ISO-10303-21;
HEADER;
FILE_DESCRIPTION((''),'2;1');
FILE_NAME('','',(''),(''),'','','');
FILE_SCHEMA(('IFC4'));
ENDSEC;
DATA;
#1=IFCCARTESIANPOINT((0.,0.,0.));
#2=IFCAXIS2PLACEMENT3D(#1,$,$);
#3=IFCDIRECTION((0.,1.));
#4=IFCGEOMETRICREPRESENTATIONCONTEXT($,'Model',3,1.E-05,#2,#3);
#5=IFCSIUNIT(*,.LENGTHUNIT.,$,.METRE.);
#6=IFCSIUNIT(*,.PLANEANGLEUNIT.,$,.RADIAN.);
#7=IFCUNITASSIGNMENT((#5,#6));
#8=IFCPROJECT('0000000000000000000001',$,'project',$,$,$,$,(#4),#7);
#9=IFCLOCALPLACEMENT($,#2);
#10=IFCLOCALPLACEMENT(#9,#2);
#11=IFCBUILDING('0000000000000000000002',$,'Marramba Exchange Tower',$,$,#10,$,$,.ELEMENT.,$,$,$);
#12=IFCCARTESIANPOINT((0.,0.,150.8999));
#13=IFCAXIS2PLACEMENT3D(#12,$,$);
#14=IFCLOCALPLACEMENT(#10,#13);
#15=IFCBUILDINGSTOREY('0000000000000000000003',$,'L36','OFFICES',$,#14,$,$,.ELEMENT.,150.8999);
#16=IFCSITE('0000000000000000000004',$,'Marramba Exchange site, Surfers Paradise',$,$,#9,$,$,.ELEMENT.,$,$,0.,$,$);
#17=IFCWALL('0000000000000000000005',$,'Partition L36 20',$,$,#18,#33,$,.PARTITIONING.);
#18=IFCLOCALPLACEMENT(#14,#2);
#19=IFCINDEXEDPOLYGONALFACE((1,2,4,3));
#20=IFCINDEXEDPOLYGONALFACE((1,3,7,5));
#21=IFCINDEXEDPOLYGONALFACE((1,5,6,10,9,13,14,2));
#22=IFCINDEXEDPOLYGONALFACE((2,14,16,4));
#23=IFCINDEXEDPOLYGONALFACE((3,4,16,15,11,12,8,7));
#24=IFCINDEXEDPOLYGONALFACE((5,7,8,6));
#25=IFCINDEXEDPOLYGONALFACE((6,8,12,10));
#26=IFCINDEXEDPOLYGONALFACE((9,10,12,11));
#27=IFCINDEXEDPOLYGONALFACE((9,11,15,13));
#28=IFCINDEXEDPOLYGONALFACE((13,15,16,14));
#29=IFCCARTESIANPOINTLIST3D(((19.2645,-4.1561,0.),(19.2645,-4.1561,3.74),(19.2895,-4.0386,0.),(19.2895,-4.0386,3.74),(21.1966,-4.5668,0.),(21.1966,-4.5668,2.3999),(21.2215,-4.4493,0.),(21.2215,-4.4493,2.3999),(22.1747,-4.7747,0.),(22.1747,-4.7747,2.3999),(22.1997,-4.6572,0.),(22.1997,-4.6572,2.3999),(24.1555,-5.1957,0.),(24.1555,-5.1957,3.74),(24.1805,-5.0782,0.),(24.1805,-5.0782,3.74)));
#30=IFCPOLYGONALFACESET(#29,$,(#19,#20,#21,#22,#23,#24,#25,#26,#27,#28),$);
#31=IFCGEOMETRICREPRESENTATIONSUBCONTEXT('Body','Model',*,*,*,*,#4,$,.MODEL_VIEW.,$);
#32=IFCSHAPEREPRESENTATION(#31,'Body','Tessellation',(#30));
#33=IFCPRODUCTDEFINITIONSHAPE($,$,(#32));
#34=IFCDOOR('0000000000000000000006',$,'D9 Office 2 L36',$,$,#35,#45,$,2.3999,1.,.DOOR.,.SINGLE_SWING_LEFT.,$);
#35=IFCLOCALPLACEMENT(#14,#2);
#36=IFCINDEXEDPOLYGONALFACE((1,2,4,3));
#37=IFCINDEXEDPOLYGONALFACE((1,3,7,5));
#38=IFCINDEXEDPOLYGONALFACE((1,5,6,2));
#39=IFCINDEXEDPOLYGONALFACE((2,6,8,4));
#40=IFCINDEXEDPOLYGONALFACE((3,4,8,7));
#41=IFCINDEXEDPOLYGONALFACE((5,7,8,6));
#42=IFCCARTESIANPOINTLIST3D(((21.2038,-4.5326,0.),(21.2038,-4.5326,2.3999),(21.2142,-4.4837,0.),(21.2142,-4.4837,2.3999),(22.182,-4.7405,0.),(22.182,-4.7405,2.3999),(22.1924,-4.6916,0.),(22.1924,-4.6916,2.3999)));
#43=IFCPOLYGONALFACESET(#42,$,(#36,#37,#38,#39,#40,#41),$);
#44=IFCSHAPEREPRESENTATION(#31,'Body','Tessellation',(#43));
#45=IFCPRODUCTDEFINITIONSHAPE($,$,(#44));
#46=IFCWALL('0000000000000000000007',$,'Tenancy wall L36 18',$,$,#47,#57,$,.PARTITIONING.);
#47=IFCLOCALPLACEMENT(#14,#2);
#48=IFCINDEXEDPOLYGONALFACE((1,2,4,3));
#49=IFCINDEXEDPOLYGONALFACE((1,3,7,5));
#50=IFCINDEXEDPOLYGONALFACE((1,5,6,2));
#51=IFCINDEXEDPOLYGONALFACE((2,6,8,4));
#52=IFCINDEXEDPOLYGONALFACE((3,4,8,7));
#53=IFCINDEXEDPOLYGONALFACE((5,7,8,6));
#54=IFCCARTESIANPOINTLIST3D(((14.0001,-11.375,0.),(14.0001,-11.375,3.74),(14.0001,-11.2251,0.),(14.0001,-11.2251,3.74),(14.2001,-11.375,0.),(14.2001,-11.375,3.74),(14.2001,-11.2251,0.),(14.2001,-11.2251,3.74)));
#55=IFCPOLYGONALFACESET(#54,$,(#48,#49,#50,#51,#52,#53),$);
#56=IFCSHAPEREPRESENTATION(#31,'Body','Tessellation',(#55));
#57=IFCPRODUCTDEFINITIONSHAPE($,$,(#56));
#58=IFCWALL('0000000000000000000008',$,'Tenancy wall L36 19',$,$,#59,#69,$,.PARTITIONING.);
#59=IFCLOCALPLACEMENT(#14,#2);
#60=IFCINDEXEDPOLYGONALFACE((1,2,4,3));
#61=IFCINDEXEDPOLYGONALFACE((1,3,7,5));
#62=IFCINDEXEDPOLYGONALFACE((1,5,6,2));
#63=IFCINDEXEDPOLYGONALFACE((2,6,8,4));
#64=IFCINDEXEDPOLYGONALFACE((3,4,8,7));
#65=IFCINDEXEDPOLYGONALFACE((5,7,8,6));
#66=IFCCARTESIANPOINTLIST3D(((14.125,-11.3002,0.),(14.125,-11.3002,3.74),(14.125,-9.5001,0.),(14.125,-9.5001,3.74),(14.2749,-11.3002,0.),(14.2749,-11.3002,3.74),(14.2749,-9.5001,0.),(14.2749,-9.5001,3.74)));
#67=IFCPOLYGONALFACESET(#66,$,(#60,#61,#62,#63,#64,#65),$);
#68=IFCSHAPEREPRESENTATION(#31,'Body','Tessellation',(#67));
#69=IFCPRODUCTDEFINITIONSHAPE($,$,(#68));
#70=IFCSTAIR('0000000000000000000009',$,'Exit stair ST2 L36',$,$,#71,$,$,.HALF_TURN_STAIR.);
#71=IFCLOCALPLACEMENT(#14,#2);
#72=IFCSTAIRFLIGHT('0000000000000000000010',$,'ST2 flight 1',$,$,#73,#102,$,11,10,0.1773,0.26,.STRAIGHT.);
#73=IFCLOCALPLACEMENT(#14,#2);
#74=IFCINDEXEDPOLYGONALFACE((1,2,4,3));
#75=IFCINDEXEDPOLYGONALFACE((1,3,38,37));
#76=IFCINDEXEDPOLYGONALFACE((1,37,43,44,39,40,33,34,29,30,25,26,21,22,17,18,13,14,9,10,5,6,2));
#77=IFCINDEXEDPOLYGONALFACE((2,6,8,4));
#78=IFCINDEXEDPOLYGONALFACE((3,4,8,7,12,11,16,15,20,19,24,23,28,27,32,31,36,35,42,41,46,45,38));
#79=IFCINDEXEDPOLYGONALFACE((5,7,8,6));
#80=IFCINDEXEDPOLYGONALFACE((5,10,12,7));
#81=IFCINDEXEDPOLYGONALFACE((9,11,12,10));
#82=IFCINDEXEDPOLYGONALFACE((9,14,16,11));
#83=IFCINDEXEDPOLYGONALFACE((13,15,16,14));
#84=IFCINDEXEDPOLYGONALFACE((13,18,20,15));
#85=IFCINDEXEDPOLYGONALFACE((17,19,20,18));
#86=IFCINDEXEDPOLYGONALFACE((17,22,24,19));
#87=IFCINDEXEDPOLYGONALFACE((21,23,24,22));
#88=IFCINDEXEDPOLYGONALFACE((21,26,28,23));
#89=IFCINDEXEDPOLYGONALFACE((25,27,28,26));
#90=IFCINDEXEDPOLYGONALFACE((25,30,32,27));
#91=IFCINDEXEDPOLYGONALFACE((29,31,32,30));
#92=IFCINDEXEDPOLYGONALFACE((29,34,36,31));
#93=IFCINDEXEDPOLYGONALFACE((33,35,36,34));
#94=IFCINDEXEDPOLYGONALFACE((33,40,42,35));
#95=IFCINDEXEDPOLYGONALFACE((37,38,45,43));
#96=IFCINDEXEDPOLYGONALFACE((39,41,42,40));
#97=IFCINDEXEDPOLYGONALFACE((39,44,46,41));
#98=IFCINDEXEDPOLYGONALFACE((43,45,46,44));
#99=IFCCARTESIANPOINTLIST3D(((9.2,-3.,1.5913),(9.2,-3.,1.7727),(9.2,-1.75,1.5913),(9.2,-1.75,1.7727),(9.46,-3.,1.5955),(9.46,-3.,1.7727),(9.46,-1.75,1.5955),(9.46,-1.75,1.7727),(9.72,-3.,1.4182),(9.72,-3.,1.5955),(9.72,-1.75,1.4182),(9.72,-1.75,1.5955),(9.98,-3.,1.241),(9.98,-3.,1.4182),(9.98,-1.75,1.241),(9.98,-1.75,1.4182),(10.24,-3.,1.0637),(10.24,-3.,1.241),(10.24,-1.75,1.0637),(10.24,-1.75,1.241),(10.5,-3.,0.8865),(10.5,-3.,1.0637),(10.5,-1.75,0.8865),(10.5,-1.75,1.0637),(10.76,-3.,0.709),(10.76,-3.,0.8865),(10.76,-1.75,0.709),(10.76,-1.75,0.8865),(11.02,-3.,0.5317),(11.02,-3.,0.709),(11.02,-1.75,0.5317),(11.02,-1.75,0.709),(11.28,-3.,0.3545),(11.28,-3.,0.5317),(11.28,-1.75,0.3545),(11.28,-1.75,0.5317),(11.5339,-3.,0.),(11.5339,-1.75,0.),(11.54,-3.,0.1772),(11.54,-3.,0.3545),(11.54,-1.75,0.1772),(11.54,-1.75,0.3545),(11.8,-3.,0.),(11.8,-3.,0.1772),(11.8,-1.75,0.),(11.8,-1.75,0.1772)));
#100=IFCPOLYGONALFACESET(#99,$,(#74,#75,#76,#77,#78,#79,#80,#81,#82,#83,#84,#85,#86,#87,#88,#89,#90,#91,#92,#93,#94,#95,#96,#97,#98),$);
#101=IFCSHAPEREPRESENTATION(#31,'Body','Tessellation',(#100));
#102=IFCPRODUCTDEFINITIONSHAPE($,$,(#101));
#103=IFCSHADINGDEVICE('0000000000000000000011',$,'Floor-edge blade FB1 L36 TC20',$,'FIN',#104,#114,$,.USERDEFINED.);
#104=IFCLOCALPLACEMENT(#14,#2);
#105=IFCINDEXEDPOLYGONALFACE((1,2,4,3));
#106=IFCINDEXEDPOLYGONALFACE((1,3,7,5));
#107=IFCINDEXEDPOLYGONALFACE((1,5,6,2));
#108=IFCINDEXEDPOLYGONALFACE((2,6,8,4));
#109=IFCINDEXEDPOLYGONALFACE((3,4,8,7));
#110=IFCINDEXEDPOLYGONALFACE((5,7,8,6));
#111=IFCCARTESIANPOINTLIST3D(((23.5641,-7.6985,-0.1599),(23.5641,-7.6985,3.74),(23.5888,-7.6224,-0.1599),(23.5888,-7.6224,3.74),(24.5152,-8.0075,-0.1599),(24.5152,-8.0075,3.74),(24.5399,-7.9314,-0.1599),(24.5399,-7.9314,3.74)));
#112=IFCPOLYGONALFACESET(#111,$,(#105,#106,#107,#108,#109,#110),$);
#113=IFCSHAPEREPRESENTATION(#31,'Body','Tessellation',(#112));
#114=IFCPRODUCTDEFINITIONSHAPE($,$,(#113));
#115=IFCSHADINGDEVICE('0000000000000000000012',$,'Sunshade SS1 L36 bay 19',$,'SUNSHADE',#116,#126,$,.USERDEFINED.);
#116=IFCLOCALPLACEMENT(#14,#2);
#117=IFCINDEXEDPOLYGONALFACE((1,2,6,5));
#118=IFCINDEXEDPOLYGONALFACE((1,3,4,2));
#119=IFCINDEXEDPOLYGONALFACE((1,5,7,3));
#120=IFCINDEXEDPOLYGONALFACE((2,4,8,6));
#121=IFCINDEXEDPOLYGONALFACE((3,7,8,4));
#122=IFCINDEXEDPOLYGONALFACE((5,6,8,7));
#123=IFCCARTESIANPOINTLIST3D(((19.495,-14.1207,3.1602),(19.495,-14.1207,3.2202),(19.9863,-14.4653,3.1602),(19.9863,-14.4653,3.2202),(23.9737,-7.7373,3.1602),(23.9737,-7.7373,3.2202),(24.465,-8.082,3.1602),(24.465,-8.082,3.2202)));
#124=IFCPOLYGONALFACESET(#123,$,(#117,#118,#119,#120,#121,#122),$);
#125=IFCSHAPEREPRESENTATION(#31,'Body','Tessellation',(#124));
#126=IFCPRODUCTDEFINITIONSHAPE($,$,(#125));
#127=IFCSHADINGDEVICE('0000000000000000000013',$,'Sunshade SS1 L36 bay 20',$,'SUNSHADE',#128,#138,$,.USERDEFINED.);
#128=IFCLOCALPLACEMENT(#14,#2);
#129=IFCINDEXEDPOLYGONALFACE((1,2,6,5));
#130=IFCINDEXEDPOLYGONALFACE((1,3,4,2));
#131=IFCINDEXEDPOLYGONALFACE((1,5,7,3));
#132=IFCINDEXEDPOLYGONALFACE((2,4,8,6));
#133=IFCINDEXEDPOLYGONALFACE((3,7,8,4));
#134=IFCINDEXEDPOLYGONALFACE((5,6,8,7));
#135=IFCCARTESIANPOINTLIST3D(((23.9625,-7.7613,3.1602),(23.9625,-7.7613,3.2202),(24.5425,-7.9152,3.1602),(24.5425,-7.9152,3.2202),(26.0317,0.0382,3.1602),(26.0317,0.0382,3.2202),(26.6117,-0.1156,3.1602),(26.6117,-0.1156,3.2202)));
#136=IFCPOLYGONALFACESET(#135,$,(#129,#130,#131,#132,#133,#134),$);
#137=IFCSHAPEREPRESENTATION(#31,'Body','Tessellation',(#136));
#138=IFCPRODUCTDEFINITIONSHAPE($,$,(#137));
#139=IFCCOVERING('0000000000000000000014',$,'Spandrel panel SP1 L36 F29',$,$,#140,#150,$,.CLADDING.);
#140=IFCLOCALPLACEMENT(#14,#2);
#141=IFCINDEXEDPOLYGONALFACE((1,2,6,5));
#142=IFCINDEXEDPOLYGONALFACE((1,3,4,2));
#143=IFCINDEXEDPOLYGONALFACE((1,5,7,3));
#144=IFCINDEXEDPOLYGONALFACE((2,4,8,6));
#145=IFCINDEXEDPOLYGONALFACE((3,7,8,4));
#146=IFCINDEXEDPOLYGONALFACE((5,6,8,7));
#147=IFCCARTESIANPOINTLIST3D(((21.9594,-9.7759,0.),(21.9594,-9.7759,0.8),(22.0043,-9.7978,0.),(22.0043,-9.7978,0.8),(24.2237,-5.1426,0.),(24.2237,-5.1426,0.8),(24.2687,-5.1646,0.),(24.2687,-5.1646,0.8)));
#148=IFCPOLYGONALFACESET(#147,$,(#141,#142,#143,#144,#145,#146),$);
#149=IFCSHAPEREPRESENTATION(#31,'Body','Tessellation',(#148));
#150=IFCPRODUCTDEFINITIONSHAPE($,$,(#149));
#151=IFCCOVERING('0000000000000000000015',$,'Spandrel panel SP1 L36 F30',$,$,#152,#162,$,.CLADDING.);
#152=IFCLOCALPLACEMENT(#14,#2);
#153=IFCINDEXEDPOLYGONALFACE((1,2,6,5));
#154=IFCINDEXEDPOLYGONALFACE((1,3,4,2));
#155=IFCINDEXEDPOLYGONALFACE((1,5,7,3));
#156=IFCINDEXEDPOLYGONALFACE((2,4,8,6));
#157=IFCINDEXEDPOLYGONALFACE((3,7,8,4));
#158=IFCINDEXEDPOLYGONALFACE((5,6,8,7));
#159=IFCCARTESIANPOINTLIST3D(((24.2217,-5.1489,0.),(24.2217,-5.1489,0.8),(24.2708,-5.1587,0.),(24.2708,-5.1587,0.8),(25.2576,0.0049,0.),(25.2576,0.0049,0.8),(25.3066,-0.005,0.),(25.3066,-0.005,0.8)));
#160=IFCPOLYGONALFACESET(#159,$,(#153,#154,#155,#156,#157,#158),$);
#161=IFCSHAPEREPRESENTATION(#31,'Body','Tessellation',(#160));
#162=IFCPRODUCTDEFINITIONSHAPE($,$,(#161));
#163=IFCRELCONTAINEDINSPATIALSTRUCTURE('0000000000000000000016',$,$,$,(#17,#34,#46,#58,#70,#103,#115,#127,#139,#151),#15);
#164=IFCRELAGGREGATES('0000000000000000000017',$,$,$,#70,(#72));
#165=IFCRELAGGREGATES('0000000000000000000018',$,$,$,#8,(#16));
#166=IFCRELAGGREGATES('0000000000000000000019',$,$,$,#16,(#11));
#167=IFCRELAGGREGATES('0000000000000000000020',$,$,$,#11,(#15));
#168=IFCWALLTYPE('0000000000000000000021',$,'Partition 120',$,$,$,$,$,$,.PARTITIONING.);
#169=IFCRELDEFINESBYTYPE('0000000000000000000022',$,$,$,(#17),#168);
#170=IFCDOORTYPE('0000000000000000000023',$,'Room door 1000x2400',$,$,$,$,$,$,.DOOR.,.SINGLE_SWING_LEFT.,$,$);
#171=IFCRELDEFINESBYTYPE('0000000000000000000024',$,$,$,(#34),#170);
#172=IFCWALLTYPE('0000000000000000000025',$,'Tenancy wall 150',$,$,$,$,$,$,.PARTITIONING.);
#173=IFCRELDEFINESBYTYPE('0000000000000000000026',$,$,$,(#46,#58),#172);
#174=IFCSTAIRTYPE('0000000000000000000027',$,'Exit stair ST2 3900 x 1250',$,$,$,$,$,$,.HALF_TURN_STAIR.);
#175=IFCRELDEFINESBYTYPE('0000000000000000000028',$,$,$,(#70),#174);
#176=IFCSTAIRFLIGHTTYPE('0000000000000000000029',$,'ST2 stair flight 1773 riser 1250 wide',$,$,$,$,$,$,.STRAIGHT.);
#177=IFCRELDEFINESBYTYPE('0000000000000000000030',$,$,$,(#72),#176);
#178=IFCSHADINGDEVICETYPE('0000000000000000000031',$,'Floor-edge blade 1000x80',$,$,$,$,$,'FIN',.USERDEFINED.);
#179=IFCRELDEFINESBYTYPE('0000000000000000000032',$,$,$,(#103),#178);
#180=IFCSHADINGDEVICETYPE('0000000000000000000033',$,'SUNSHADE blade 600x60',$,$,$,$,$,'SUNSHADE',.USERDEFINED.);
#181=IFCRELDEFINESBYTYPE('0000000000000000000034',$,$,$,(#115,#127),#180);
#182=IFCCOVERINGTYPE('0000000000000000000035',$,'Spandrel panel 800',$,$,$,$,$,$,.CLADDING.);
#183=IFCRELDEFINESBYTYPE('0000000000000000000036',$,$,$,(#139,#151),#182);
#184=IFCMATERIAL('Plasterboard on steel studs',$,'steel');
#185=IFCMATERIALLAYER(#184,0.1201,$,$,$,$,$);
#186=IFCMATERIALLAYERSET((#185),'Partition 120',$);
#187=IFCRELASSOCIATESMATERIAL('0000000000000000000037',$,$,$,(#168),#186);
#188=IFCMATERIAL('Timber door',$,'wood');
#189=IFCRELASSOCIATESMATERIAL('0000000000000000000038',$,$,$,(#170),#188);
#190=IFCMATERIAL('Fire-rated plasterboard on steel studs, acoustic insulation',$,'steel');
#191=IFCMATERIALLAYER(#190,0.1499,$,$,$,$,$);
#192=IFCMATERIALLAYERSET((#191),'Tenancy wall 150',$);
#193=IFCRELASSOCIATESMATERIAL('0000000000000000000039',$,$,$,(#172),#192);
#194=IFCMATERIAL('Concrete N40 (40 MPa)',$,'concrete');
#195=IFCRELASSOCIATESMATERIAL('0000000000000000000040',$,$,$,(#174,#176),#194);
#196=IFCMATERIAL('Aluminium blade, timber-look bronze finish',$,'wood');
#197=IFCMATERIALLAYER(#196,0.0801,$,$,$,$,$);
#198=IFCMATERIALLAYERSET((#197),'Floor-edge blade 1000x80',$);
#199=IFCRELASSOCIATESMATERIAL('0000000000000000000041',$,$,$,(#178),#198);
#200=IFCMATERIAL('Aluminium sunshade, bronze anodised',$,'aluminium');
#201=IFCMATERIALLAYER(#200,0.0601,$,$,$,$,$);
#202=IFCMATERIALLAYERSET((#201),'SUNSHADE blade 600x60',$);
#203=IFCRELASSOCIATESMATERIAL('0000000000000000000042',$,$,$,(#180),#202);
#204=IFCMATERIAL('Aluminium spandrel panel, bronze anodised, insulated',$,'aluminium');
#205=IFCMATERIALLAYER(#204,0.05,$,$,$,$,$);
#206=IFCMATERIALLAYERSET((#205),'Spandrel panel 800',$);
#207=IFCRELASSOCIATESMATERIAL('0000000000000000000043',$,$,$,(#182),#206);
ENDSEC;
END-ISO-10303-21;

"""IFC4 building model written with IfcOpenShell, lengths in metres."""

from ifc_helpers import new_model, si_unit, direction, frame, frame_2d, origin, origin_2d, place, context, subcontext, project, spatial, polyline, rectangle, outline, extrude, material, layer, layer_set, type_object, element, fill, aggregate, save


model = new_model("IFC4")

# Units and contexts
model_context = context("Model", 3, precision=1e-05, world=origin(), true_north=direction((0.0, 1.0)))
body_context = subcontext(model_context, "Body", "Model", "MODEL_VIEW")
ifc_project = project(units=[si_unit("LENGTHUNIT", "METRE"), si_unit("PLANEANGLEUNIT", "RADIAN")], contexts=[model_context])

# Site, building, storey
site_placement = place(None, origin())
site = spatial("IfcSite", under=ifc_project, at=site_placement, Name="Marramba Exchange site, Surfers Paradise", CompositionType="ELEMENT", RefElevation=0.0)
building_placement = place(site_placement, origin())
building = spatial("IfcBuilding", under=site, at=building_placement, Name="Marramba Exchange Tower", CompositionType="ELEMENT")
storey_placement = place(building_placement, frame((0.0, 0.0, 150.8999)))
storey = spatial("IfcBuildingStorey", under=building, at=storey_placement, Name="L36", Description="OFFICES", CompositionType="ELEMENT", Elevation=150.8999)

# Wall, opening, door
ifc_material_1 = material(Name="Plasterboard on steel studs", Category="steel")
ifc_layer_1 = layer(ifc_material_1, 0.1201)
ifc_layer_set_1 = layer_set([ifc_layer_1], Name="Partition 120")
wall_type_1 = type_object("IfcWallType", Name="Partition 120", PredefinedType="PARTITIONING", material=ifc_layer_set_1)
wall_1_placement = place(storey_placement, frame((19.2771, -4.0974, 0.0), z_axis=(0.0, 0.0, 1.0), x_axis=(0.978149, -0.207905, 0.0)))
wall_1 = element("IfcWall", 1, at=wall_1_placement, inside=storey, type_object=wall_type_1, Name="Partition L36 20", PredefinedType="PARTITIONING", context=body_context, shape_type="SweptSolid", body=[
    extrude(rectangle(XDim=5.0002, YDim=0.1201, at=frame_2d((2.5, 0.0))), origin(), (0.0, 0.0, 1.0), 3.74),
])
opening_1_placement = place(wall_1_placement, frame((1.9751, 0.0, 0.0)))
opening_1 = element("IfcOpeningElement", 2, at=opening_1_placement, cuts=wall_1, PredefinedType="OPENING", context=body_context, shape_type="SweptSolid", body=[
    extrude(rectangle(XDim=1.0, YDim=2.3999, at=frame_2d((0.5, 1.2))), frame((0.0, 0.0701, 0.0), z_axis=(0.0, -1.0, 0.0), x_axis=(1.0, 0.0, 0.0)), (0.0, 0.0, 1.0), 0.1401),
])
ifc_material_2 = material(Name="Timber door", Category="wood")
door_type_1 = type_object("IfcDoorType", Name="Room door 1000x2400", OperationType="SINGLE_SWING_LEFT", PredefinedType="DOOR", material=ifc_material_2)
door_1_placement = place(opening_1_placement, origin())
door_1 = element("IfcDoor", 3, at=door_1_placement, inside=storey, type_object=door_type_1, Name="D9 Office 2 L36", OperationType="SINGLE_SWING_LEFT", OverallHeight=2.3999, OverallWidth=1.0, PredefinedType="DOOR", context=body_context, shape_type="SweptSolid", body=[
    extrude(rectangle(XDim=1.0, YDim=2.3999, at=frame_2d((0.5, 1.2))), frame((0.0, 0.0249, 0.0), z_axis=(0.0, -1.0, 0.0), x_axis=(1.0, 0.0, 0.0)), (0.0, 0.0, 1.0), 0.05),
])
fill(opening_1, door_1)

# Walls
ifc_material_3 = material(Name="Fire-rated plasterboard on steel studs, acoustic insulation", Category="steel")
ifc_layer_2 = layer(ifc_material_3, 0.1499)
ifc_layer_set_2 = layer_set([ifc_layer_2], Name="Tenancy wall 150")
wall_type_2 = type_object("IfcWallType", Name="Tenancy wall 150", PredefinedType="PARTITIONING", material=ifc_layer_set_2)
wall_2_placement = place(storey_placement, frame((14.0, -11.3, 0.0), z_axis=(0.0, 0.0, 1.0), x_axis=(1.0, 0.0, 0.0)))
element("IfcWall", 4, at=wall_2_placement, inside=storey, type_object=wall_type_2, Name="Tenancy wall L36 18", PredefinedType="PARTITIONING", context=body_context, shape_type="SweptSolid", body=[
    extrude(rectangle(XDim=0.2, YDim=0.1499, at=frame_2d((0.1001, 0.0))), origin(), (0.0, 0.0, 1.0), 3.74),
])
wall_3_placement = place(storey_placement, frame((14.2, -11.3, 0.0), z_axis=(0.0, 0.0, 1.0), x_axis=(0.0, 1.0, 0.0)))
element("IfcWall", 5, at=wall_3_placement, inside=storey, type_object=wall_type_2, Name="Tenancy wall L36 19", PredefinedType="PARTITIONING", context=body_context, shape_type="SweptSolid", body=[
    extrude(rectangle(XDim=1.8, YDim=0.1499, at=frame_2d((0.8999, 0.0))), origin(), (0.0, 0.0, 1.0), 3.74),
])

# Stair, stair flight
ifc_material_4 = material(Name="Concrete N40 (40 MPa)", Category="concrete")
stair_type = type_object("IfcStairType", Name="Exit stair ST2 3900 x 1250", PredefinedType="HALF_TURN_STAIR", material=ifc_material_4)
stair_placement = place(storey_placement, origin())
stair = element("IfcStair", 6, at=stair_placement, inside=storey, type_object=stair_type, Name="Exit stair ST2 L36", PredefinedType="HALF_TURN_STAIR")
stair_flight_type = type_object("IfcStairFlightType", Name="ST2 stair flight 1773 riser 1250 wide", PredefinedType="STRAIGHT", material=ifc_material_4)
stair_flight_placement = place(storey_placement, frame((11.8, -2.375, 0.0), z_axis=(0.0, 0.0, 1.0), x_axis=(-1.0, 0.0, 0.0)))
stair_flight = element("IfcStairFlight", 7, at=stair_flight_placement, type_object=stair_flight_type, Name="ST2 flight 1", NumberOfRisers=11, NumberOfTreads=10, PredefinedType="STRAIGHT", RiserHeight=0.1773, TreadLength=0.26, context=body_context, shape_type="SweptSolid", body=[
    extrude(outline(polyline([(0.0, 0.0), (0.0, 0.1772), (0.26, 0.1772), (0.26, 0.3545), (0.52, 0.3545), (0.52, 0.5317), (0.78, 0.5317), (0.78, 0.709), (1.04, 0.709), (1.04, 0.8865), (1.3, 0.8865), (1.3, 1.0637), (1.5601, 1.0637), (1.5601, 1.241), (1.8201, 1.241), (1.8201, 1.4182), (2.0801, 1.4182), (2.0801, 1.5955), (2.3401, 1.5955), (2.3401, 1.7727), (2.6001, 1.7727), (2.6001, 1.95), (2.6001, 1.5913), (0.2661, 0.0), (0.0, 0.0)])), frame((0.0, 0.625, 0.0), z_axis=(0.0, -1.0, 0.0), x_axis=(1.0, 0.0, 0.0)), (0.0, 0.0, 1.0), 1.25),
])
aggregate(stair, [stair_flight])

# Shading devices
ifc_material_5 = material(Name="Aluminium blade, timber-look bronze finish", Category="wood")
ifc_layer_3 = layer(ifc_material_5, 0.0801)
ifc_layer_set_3 = layer_set([ifc_layer_3], Name="Floor-edge blade 1000x80")
shading_device_type_1 = type_object("IfcShadingDeviceType", Name="Floor-edge blade 1000x80", ElementType="FIN", PredefinedType="USERDEFINED", material=ifc_layer_set_3)
shading_device_1_placement = place(storey_placement, frame((24.052, -7.8149, -0.1599), z_axis=(0.0, 0.0, 1.0), x_axis=(0.951057, -0.309017, 0.0)))
element("IfcShadingDevice", 8, at=shading_device_1_placement, inside=storey, type_object=shading_device_type_1, Name="Floor-edge blade FB1 L36 TC20", ObjectType="FIN", PredefinedType="USERDEFINED", context=body_context, shape_type="SweptSolid", body=[
    extrude(rectangle(XDim=1.0, YDim=0.0801, at=origin_2d()), origin(), (0.0, 0.0, 1.0), 3.8999),
])
ifc_material_6 = material(Name="Aluminium sunshade, bronze anodised", Category="aluminium")
ifc_layer_4 = layer(ifc_material_6, 0.0601)
ifc_layer_set_4 = layer_set([ifc_layer_4], Name="SUNSHADE blade 600x60")
shading_device_type_2 = type_object("IfcShadingDeviceType", Name="SUNSHADE blade 600x60", ElementType="SUNSHADE", PredefinedType="USERDEFINED", material=ifc_layer_set_4)
shading_device_2_placement = place(storey_placement, frame((21.98, -11.1013, 3.1602), z_axis=(0.0, 0.0, 1.0), x_axis=(0.574351, 0.818609, 0.0)))
element("IfcShadingDevice", 9, at=shading_device_2_placement, inside=storey, type_object=shading_device_type_2, Name="Sunshade SS1 L36 bay 19", ObjectType="SUNSHADE", PredefinedType="USERDEFINED", context=body_context, shape_type="SweptSolid", body=[
    extrude(rectangle(XDim=7.7979, YDim=0.6001, at=origin_2d()), origin(), (0.0, 0.0, 1.0), 0.0601),
])
shading_device_3_placement = place(storey_placement, frame((25.2871, -3.9385, 3.1602), z_axis=(0.0, 0.0, 1.0), x_axis=(0.256423, 0.966565, 0.0)))
element("IfcShadingDevice", 10, at=shading_device_3_placement, inside=storey, type_object=shading_device_type_2, Name="Sunshade SS1 L36 bay 20", ObjectType="SUNSHADE", PredefinedType="USERDEFINED", context=body_context, shape_type="SweptSolid", body=[
    extrude(rectangle(XDim=8.0693, YDim=0.6001, at=origin_2d()), origin(), (0.0, 0.0, 1.0), 0.0601),
])

# Coverings
ifc_material_7 = material(Name="Aluminium spandrel panel, bronze anodised, insulated", Category="aluminium")
ifc_layer_5 = layer(ifc_material_7, 0.05)
ifc_layer_set_5 = layer_set([ifc_layer_5], Name="Spandrel panel 800")
covering_type = type_object("IfcCoveringType", Name="Spandrel panel 800", PredefinedType="CLADDING", material=ifc_layer_set_5)
covering_1_placement = place(storey_placement, frame((23.114, -7.4702, 0.0), z_axis=(0.0, 0.0, 1.0), x_axis=(0.439086, 0.898445, 0.0)))
element("IfcCovering", 11, at=covering_1_placement, inside=storey, type_object=covering_type, Name="Spandrel panel SP1 L36 F29", PredefinedType="CLADDING", context=body_context, shape_type="SweptSolid", body=[
    extrude(rectangle(XDim=5.157, YDim=0.05, at=origin_2d()), origin(), (0.0, 0.0, 1.0), 0.8),
])
covering_2_placement = place(storey_placement, frame((24.7642, -2.5769, 0.0), z_axis=(0.0, 0.0, 1.0), x_axis=(0.197049, 0.980394, 0.0)))
element("IfcCovering", 12, at=covering_2_placement, inside=storey, type_object=covering_type, Name="Spandrel panel SP1 L36 F30", PredefinedType="CLADDING", context=body_context, shape_type="SweptSolid", body=[
    extrude(rectangle(XDim=5.2568, YDim=0.05, at=origin_2d()), origin(), (0.0, 0.0, 1.0), 0.8),
])

save(model, "model.ifc")
